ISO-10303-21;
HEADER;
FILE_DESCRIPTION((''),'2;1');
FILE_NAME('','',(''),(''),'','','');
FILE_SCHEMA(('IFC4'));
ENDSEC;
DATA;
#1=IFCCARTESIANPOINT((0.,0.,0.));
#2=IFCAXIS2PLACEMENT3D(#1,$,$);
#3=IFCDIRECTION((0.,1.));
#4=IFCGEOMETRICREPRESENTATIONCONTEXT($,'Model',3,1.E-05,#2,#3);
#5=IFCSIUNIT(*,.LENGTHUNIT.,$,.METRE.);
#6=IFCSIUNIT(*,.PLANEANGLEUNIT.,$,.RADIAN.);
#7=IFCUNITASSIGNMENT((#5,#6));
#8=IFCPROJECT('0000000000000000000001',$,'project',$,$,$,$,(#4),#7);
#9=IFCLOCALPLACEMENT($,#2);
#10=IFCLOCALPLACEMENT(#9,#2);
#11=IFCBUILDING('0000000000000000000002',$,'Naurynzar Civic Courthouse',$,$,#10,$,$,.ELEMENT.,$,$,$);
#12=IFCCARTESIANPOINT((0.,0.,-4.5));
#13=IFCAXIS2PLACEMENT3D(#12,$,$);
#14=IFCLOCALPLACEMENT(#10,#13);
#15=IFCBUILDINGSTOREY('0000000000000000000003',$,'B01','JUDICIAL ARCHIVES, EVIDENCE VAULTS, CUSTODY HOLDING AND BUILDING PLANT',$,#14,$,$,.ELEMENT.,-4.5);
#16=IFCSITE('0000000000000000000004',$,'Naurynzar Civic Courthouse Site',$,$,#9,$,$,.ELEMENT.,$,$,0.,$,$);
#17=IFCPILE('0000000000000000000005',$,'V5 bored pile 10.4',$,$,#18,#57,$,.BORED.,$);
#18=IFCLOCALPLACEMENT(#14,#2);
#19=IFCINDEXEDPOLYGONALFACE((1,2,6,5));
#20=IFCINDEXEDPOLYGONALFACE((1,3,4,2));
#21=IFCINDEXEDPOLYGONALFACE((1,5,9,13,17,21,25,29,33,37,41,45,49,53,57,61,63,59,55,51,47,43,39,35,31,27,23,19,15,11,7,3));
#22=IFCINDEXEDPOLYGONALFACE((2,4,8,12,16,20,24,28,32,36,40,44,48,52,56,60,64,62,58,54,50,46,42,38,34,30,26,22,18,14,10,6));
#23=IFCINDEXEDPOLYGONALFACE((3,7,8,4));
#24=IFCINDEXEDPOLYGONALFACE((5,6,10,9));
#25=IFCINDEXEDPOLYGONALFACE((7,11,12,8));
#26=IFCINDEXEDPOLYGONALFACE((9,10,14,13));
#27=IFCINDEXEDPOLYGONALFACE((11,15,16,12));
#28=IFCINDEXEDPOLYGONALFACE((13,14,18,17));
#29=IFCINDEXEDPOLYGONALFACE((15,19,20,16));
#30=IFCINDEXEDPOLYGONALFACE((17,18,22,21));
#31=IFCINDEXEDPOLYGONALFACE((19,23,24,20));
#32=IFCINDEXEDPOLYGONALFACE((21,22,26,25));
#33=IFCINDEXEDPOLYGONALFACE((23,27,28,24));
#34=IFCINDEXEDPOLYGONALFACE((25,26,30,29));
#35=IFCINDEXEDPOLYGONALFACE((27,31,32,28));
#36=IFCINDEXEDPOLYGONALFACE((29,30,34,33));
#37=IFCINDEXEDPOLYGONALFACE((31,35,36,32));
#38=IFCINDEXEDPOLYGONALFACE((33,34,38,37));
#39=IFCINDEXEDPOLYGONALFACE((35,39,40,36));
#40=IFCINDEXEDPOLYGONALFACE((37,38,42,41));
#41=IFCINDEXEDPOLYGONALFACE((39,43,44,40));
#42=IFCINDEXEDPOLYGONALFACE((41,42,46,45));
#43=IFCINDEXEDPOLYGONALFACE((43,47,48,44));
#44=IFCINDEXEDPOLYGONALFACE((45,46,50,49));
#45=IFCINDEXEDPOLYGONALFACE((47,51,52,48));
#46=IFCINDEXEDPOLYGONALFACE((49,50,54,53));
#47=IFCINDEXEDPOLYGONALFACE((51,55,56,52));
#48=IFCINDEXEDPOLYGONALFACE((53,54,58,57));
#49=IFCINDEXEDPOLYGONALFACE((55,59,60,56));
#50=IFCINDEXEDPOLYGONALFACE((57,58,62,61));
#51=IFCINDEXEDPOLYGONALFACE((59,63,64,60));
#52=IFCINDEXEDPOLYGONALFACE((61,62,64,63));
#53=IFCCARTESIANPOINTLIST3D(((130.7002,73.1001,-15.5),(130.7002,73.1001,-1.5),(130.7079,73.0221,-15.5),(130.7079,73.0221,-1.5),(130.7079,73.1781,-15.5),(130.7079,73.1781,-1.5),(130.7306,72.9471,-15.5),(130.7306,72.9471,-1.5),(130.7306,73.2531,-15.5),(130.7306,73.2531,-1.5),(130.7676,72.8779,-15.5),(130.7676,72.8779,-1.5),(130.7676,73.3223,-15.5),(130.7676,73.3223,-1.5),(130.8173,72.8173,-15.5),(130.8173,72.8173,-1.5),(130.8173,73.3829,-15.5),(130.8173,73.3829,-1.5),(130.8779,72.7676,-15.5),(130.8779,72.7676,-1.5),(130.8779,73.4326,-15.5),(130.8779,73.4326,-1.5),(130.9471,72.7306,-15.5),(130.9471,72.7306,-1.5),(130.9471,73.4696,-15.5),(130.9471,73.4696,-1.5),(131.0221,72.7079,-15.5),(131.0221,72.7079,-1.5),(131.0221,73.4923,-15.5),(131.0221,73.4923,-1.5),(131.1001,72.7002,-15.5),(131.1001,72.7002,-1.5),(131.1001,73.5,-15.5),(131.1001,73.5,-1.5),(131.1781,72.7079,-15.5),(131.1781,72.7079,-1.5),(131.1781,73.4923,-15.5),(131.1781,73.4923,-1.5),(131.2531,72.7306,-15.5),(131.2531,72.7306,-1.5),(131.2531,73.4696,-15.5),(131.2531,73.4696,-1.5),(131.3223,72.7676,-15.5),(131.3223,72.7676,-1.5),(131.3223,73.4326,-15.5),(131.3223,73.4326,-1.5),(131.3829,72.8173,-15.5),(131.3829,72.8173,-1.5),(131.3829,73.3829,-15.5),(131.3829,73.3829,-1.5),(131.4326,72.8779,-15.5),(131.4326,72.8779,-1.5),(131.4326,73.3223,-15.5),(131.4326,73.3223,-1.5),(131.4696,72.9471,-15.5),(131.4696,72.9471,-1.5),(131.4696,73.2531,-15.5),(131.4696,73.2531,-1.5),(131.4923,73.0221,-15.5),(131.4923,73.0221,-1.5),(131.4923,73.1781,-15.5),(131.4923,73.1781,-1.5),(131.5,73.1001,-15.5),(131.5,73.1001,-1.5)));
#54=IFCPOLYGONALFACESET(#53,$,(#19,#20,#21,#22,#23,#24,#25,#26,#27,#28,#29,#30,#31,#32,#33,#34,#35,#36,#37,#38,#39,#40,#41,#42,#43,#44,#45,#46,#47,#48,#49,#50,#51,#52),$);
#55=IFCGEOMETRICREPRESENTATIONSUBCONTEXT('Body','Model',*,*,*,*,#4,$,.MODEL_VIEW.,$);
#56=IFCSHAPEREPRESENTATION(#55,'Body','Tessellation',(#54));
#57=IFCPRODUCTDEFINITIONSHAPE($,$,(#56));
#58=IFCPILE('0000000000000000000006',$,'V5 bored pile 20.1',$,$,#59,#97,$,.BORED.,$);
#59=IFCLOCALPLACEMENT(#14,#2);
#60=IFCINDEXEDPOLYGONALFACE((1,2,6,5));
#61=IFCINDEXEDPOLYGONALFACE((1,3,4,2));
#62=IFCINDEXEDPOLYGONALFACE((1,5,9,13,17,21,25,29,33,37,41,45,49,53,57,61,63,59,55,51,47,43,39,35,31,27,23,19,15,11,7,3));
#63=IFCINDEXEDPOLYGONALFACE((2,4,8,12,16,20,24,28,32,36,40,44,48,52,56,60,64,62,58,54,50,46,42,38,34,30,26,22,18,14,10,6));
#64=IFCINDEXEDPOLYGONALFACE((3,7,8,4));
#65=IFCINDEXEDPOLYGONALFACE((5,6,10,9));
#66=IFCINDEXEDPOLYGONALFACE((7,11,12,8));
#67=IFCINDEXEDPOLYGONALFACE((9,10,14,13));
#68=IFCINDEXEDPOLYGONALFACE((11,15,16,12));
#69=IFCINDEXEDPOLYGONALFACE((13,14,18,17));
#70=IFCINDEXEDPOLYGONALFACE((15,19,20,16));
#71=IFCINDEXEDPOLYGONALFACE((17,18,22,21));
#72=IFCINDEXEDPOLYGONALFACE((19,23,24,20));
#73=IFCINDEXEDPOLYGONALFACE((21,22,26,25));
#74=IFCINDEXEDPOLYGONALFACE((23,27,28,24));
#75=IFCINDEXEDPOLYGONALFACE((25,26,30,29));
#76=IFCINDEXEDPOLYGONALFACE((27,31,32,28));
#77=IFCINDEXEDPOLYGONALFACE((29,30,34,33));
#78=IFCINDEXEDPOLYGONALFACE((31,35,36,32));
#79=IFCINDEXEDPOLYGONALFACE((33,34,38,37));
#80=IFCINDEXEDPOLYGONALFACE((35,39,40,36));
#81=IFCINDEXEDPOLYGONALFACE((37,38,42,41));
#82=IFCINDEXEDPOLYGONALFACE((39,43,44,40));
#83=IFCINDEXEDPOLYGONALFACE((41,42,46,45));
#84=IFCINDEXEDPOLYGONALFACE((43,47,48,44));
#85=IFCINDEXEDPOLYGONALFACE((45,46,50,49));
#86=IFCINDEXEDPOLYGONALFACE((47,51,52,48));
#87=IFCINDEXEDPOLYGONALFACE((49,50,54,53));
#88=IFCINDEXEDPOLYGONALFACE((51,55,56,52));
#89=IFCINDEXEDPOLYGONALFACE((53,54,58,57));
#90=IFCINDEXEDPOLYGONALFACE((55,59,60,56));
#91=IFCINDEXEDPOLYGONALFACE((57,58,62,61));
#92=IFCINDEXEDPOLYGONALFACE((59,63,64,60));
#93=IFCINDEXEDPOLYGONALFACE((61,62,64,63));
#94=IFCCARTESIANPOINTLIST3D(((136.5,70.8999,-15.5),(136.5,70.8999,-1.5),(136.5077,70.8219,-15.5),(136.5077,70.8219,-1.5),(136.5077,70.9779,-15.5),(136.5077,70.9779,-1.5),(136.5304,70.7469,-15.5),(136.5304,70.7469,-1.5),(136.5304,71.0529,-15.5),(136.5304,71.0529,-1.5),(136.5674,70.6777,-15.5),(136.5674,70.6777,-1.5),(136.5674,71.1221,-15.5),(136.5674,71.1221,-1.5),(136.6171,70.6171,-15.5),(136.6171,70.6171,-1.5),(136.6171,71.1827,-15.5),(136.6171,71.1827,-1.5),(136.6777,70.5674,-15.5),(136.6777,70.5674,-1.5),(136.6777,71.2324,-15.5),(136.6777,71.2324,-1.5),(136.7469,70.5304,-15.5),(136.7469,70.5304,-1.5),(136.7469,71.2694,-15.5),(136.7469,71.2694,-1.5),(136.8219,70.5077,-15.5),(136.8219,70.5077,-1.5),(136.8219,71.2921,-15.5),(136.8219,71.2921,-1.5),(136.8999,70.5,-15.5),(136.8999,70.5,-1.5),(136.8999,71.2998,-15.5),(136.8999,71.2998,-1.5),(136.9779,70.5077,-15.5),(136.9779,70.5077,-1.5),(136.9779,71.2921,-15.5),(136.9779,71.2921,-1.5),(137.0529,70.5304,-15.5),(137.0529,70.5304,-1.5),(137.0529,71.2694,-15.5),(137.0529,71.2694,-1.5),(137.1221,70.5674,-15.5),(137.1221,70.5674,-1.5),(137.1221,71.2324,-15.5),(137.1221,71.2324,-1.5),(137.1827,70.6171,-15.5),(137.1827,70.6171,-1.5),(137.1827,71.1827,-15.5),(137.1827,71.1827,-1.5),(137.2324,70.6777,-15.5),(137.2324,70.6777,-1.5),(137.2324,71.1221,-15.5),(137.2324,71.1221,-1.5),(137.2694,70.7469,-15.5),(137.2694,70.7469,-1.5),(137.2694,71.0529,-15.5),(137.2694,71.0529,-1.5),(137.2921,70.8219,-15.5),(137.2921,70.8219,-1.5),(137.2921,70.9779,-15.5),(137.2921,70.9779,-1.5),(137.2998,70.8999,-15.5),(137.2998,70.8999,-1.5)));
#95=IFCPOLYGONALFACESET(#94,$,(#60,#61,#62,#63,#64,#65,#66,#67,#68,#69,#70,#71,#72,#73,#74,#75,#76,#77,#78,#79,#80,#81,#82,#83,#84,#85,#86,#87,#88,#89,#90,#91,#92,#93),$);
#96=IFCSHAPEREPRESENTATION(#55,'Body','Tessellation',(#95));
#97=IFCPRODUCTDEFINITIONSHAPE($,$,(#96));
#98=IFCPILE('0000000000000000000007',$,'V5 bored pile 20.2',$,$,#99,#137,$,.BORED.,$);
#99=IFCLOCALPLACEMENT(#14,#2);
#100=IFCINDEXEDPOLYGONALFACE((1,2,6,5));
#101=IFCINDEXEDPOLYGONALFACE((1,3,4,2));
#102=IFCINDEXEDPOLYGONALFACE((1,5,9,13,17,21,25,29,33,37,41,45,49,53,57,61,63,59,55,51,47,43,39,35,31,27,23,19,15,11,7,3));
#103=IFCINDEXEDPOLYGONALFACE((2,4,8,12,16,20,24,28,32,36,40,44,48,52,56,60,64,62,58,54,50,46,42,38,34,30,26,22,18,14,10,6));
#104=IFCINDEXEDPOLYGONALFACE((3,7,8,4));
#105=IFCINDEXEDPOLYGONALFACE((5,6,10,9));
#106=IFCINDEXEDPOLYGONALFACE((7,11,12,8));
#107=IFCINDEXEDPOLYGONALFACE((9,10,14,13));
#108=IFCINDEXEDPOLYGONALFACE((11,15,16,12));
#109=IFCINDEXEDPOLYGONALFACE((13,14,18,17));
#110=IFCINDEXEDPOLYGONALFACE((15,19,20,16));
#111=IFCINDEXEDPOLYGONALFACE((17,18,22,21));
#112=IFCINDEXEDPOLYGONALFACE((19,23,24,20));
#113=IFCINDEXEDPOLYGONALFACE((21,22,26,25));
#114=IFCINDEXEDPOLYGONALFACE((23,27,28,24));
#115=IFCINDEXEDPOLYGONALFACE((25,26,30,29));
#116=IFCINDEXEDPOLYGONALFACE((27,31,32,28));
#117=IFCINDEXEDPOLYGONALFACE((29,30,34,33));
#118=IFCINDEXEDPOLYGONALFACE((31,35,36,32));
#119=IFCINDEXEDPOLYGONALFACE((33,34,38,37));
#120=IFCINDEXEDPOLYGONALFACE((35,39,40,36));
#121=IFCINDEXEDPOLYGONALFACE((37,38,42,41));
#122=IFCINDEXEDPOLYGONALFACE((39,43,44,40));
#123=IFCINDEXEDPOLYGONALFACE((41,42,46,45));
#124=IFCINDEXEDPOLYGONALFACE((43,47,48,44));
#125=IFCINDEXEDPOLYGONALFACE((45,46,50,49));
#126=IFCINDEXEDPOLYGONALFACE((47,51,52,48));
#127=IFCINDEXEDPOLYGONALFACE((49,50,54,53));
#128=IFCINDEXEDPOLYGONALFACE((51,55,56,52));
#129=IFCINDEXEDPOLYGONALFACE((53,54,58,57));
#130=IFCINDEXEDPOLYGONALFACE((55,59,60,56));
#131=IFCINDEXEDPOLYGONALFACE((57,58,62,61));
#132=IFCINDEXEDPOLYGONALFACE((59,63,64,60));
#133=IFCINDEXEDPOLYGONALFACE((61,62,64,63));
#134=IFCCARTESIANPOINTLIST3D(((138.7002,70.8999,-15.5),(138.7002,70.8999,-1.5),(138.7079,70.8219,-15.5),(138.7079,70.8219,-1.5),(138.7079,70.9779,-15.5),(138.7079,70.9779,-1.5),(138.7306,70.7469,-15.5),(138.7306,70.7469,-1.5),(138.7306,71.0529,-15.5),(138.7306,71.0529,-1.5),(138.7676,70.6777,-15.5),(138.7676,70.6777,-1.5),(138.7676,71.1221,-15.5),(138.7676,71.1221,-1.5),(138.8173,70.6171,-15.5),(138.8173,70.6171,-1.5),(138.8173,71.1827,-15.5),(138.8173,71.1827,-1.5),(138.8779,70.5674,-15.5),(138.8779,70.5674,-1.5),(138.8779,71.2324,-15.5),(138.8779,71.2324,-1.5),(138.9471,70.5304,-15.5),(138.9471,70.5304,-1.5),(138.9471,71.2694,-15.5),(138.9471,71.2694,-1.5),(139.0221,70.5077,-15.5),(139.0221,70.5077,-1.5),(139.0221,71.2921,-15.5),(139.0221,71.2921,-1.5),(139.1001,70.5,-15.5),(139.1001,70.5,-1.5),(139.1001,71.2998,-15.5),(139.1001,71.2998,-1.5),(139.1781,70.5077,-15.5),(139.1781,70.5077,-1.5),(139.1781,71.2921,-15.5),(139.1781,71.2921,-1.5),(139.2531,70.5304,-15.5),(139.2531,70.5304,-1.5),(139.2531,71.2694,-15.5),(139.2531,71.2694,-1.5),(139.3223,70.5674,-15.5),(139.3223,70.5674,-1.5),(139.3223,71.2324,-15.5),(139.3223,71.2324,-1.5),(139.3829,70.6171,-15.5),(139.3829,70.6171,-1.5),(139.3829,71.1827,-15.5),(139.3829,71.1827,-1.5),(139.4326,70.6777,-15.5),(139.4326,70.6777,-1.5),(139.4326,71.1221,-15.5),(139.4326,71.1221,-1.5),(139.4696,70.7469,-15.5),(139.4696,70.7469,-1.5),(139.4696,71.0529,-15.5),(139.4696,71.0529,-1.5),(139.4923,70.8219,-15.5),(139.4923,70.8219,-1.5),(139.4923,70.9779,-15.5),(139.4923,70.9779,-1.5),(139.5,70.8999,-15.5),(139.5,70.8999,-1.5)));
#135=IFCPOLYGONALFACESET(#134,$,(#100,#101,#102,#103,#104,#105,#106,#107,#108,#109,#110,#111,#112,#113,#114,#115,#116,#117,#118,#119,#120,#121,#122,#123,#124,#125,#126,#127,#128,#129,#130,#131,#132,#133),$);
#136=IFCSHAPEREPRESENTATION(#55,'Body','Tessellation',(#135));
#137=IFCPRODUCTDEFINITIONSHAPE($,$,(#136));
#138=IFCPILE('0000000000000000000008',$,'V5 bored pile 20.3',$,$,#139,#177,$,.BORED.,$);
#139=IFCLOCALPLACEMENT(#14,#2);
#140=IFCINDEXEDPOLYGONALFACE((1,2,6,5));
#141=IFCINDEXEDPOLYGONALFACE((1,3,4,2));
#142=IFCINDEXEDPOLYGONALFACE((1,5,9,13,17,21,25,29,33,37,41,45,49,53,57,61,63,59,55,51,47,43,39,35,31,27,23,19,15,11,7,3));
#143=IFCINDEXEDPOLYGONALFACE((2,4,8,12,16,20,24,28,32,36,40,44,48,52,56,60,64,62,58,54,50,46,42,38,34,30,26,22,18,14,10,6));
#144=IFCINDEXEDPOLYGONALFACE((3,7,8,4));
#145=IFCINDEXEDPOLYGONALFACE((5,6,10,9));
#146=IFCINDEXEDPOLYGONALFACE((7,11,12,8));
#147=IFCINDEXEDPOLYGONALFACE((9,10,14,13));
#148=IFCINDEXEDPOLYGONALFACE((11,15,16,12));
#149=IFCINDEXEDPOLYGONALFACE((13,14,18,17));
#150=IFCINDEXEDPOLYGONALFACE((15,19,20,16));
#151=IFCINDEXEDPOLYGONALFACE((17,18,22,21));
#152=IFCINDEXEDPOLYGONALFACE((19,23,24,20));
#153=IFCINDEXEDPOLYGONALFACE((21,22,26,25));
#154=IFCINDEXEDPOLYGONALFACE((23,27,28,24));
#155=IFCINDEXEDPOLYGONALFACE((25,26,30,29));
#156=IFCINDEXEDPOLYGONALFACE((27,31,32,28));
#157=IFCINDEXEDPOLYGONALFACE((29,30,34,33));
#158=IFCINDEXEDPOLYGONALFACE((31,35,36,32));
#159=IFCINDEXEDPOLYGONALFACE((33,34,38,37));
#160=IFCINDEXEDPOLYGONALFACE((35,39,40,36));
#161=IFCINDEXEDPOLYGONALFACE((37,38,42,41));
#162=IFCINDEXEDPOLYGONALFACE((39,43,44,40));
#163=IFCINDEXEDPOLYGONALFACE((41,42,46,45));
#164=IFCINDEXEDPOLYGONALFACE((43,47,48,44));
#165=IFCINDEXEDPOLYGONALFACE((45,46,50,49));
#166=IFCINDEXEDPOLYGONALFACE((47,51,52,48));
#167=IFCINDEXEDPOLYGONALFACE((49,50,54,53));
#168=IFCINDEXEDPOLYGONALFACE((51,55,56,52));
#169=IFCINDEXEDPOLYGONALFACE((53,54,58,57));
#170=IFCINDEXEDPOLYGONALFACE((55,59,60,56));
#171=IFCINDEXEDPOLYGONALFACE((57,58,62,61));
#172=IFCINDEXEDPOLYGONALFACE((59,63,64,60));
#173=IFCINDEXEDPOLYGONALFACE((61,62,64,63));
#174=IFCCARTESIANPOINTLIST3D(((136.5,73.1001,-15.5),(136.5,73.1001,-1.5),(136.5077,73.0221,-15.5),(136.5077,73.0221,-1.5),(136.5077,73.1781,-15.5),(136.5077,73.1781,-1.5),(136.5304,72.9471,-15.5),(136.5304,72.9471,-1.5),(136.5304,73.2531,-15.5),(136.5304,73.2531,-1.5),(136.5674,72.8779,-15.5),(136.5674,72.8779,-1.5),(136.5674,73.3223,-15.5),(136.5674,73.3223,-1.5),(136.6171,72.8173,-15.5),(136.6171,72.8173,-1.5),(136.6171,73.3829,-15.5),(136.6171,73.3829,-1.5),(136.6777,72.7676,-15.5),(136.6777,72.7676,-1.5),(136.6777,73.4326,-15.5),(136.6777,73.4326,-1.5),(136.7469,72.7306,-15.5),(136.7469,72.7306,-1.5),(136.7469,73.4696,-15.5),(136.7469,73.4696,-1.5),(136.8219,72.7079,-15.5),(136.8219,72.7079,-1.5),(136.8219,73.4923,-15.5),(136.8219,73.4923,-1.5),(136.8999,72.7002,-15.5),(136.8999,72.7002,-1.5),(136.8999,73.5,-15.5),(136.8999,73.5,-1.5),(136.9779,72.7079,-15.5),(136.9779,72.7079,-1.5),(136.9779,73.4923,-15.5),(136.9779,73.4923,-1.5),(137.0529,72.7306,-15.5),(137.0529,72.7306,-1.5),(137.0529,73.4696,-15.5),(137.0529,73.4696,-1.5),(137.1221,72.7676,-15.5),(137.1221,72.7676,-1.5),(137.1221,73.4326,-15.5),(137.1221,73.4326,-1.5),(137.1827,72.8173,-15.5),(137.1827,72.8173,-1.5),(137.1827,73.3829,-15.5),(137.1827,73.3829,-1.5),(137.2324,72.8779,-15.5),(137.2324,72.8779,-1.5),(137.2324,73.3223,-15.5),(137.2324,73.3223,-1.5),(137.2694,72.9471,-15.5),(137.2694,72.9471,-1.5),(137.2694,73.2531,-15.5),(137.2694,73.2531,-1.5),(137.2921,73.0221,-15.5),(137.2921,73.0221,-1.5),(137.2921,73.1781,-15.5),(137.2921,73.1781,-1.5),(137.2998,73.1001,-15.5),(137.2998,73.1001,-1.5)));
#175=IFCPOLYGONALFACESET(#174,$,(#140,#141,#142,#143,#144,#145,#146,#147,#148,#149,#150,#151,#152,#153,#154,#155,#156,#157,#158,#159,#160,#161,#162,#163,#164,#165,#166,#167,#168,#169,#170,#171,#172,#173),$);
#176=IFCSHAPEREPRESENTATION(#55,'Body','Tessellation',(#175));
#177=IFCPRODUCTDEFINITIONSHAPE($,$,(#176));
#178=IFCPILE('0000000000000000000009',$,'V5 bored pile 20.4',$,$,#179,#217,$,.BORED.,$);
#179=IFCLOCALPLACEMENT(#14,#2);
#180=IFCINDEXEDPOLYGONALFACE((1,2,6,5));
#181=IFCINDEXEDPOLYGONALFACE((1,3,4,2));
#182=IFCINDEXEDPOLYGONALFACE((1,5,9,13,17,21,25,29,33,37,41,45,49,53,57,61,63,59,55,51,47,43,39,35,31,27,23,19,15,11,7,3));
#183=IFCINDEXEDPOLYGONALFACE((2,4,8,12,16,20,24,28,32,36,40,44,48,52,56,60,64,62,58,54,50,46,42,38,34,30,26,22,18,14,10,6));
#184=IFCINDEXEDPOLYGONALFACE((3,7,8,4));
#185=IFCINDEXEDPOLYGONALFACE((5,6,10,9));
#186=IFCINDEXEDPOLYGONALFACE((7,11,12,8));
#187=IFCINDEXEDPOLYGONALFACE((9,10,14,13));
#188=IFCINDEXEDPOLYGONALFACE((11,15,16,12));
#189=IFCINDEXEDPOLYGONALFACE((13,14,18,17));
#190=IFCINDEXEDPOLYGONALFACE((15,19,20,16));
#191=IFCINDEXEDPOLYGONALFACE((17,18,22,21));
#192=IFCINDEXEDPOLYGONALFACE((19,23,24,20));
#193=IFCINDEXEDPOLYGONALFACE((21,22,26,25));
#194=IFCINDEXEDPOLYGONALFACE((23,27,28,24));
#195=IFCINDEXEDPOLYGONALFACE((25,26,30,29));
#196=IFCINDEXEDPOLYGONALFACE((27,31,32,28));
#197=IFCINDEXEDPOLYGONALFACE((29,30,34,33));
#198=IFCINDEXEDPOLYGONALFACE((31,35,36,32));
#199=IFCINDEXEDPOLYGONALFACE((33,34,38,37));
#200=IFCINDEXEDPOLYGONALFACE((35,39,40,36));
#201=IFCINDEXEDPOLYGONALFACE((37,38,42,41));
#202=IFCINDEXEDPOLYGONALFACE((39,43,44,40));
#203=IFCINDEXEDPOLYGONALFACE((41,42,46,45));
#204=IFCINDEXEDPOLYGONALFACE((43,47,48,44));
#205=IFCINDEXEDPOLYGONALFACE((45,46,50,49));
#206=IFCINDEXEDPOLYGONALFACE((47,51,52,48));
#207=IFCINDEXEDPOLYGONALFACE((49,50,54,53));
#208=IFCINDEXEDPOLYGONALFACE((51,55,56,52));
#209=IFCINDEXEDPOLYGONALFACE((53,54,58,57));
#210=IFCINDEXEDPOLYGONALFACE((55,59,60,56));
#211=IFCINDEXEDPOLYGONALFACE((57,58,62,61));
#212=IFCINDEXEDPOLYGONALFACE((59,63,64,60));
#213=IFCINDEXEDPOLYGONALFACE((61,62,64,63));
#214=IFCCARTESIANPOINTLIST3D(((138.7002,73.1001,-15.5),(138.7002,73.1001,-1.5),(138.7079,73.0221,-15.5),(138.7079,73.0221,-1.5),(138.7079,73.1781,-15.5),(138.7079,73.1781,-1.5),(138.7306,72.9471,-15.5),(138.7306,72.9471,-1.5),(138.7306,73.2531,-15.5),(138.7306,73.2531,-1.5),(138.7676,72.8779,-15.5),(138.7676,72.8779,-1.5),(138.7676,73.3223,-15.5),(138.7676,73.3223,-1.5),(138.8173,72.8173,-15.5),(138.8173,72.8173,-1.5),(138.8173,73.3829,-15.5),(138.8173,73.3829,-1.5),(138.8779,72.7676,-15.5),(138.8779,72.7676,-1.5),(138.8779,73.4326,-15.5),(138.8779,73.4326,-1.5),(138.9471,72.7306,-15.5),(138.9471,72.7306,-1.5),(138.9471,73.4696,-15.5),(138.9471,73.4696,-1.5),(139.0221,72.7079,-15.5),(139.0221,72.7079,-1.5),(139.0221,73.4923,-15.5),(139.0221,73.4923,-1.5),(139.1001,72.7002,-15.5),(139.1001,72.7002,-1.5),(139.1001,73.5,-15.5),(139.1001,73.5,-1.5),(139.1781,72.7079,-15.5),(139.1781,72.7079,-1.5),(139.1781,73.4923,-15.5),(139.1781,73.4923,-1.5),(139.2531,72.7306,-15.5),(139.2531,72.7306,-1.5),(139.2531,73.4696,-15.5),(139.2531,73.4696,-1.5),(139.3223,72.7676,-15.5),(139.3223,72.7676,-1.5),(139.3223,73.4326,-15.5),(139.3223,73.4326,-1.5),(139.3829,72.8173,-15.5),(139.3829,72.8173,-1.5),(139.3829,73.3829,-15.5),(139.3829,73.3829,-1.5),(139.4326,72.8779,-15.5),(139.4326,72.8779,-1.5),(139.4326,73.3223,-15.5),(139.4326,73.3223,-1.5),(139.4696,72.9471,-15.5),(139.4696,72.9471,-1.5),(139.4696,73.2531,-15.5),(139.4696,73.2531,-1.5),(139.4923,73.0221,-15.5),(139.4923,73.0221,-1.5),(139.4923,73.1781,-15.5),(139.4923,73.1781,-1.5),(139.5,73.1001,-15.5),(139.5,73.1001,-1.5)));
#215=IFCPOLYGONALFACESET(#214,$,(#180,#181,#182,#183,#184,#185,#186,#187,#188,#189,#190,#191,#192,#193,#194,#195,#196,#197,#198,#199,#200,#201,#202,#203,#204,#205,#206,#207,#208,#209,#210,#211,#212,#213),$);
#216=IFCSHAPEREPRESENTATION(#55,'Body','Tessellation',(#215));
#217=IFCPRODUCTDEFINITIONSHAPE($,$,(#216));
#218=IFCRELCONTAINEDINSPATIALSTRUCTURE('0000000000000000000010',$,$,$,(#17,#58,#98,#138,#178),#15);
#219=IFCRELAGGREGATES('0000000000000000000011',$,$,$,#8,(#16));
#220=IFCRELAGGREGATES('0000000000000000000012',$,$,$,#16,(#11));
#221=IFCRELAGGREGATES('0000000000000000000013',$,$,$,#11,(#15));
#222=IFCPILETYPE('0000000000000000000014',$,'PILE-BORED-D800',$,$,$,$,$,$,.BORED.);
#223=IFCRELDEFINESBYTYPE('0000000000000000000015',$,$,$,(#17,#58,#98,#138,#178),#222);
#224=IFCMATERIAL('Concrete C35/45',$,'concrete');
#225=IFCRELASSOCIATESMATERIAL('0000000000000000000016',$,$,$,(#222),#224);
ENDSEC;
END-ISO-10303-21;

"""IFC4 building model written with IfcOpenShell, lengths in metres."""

from ifc_helpers import new_model, si_unit, direction, frame, origin, origin_2d, place, context, subcontext, project, spatial, circle, extrude, material, material_profile, profile_set, type_object, element, save


model = new_model("IFC4")

# Units and contexts
model_context = context("Model", 3, precision=1e-05, world=origin(), true_north=direction((0.0, 1.0)))
body_context = subcontext(model_context, "Body", "Model", "MODEL_VIEW")
ifc_project = project(units=[si_unit("LENGTHUNIT", "METRE"), si_unit("PLANEANGLEUNIT", "RADIAN")], contexts=[model_context])

# Site, building, storey
site_placement = place(None, origin())
site = spatial("IfcSite", under=ifc_project, at=site_placement, Name="Naurynzar Civic Courthouse Site", CompositionType="ELEMENT", RefElevation=0.0)
building_placement = place(site_placement, origin())
building = spatial("IfcBuilding", under=site, at=building_placement, Name="Naurynzar Civic Courthouse", CompositionType="ELEMENT")
storey_placement = place(building_placement, frame((0.0, 0.0, -4.5)))
storey = spatial("IfcBuildingStorey", under=building, at=storey_placement, Name="B01", Description="JUDICIAL ARCHIVES, EVIDENCE VAULTS, CUSTODY HOLDING AND BUILDING PLANT", CompositionType="ELEMENT", Elevation=-4.5)

# Piles
ifc_material_1 = material(Name="Concrete C35/45", Category="concrete")
ifc_material_profile_1 = material_profile(ifc_material_1, circle(Radius=0.3999, at=origin_2d()), Name="PILE D800")
ifc_profile_set_1 = profile_set([ifc_material_profile_1], Name="Concrete C35/45")
pile_type_1 = type_object("IfcPileType", Name="PILE-BORED-D800", PredefinedType="BORED", material=ifc_profile_set_1)
for number, where, z_axis, x_axis, name in (
    (1, (131.1001, 73.1001, -1.5), (0.0, 0.0, -1.0), (1.0, 0.0, 0.0), "V5 bored pile 10.4"),
    (2, (136.8999, 70.8999, -1.5), (0.0, 0.0, -1.0), (1.0, 0.0, 0.0), "V5 bored pile 20.1"),
    (3, (139.1001, 70.8999, -1.5), (0.0, 0.0, -1.0), (1.0, 0.0, 0.0), "V5 bored pile 20.2"),
    (4, (136.8999, 73.1001, -1.5), (0.0, 0.0, -1.0), (1.0, 0.0, 0.0), "V5 bored pile 20.3"),
    (5, (139.1001, 73.1001, -1.5), (0.0, 0.0, -1.0), (1.0, 0.0, 0.0), "V5 bored pile 20.4"),
):
    element("IfcPile", number, at=place(storey_placement, frame(where, z_axis=z_axis, x_axis=x_axis)), inside=storey, type_object=pile_type_1, Name=name, PredefinedType="BORED", context=body_context, shape_type="SweptSolid", body=[
        extrude(circle(Radius=0.3999, at=origin_2d()), origin(), (0.0, 0.0, 1.0), 14.0),
    ])

save(model, "model.ifc")
